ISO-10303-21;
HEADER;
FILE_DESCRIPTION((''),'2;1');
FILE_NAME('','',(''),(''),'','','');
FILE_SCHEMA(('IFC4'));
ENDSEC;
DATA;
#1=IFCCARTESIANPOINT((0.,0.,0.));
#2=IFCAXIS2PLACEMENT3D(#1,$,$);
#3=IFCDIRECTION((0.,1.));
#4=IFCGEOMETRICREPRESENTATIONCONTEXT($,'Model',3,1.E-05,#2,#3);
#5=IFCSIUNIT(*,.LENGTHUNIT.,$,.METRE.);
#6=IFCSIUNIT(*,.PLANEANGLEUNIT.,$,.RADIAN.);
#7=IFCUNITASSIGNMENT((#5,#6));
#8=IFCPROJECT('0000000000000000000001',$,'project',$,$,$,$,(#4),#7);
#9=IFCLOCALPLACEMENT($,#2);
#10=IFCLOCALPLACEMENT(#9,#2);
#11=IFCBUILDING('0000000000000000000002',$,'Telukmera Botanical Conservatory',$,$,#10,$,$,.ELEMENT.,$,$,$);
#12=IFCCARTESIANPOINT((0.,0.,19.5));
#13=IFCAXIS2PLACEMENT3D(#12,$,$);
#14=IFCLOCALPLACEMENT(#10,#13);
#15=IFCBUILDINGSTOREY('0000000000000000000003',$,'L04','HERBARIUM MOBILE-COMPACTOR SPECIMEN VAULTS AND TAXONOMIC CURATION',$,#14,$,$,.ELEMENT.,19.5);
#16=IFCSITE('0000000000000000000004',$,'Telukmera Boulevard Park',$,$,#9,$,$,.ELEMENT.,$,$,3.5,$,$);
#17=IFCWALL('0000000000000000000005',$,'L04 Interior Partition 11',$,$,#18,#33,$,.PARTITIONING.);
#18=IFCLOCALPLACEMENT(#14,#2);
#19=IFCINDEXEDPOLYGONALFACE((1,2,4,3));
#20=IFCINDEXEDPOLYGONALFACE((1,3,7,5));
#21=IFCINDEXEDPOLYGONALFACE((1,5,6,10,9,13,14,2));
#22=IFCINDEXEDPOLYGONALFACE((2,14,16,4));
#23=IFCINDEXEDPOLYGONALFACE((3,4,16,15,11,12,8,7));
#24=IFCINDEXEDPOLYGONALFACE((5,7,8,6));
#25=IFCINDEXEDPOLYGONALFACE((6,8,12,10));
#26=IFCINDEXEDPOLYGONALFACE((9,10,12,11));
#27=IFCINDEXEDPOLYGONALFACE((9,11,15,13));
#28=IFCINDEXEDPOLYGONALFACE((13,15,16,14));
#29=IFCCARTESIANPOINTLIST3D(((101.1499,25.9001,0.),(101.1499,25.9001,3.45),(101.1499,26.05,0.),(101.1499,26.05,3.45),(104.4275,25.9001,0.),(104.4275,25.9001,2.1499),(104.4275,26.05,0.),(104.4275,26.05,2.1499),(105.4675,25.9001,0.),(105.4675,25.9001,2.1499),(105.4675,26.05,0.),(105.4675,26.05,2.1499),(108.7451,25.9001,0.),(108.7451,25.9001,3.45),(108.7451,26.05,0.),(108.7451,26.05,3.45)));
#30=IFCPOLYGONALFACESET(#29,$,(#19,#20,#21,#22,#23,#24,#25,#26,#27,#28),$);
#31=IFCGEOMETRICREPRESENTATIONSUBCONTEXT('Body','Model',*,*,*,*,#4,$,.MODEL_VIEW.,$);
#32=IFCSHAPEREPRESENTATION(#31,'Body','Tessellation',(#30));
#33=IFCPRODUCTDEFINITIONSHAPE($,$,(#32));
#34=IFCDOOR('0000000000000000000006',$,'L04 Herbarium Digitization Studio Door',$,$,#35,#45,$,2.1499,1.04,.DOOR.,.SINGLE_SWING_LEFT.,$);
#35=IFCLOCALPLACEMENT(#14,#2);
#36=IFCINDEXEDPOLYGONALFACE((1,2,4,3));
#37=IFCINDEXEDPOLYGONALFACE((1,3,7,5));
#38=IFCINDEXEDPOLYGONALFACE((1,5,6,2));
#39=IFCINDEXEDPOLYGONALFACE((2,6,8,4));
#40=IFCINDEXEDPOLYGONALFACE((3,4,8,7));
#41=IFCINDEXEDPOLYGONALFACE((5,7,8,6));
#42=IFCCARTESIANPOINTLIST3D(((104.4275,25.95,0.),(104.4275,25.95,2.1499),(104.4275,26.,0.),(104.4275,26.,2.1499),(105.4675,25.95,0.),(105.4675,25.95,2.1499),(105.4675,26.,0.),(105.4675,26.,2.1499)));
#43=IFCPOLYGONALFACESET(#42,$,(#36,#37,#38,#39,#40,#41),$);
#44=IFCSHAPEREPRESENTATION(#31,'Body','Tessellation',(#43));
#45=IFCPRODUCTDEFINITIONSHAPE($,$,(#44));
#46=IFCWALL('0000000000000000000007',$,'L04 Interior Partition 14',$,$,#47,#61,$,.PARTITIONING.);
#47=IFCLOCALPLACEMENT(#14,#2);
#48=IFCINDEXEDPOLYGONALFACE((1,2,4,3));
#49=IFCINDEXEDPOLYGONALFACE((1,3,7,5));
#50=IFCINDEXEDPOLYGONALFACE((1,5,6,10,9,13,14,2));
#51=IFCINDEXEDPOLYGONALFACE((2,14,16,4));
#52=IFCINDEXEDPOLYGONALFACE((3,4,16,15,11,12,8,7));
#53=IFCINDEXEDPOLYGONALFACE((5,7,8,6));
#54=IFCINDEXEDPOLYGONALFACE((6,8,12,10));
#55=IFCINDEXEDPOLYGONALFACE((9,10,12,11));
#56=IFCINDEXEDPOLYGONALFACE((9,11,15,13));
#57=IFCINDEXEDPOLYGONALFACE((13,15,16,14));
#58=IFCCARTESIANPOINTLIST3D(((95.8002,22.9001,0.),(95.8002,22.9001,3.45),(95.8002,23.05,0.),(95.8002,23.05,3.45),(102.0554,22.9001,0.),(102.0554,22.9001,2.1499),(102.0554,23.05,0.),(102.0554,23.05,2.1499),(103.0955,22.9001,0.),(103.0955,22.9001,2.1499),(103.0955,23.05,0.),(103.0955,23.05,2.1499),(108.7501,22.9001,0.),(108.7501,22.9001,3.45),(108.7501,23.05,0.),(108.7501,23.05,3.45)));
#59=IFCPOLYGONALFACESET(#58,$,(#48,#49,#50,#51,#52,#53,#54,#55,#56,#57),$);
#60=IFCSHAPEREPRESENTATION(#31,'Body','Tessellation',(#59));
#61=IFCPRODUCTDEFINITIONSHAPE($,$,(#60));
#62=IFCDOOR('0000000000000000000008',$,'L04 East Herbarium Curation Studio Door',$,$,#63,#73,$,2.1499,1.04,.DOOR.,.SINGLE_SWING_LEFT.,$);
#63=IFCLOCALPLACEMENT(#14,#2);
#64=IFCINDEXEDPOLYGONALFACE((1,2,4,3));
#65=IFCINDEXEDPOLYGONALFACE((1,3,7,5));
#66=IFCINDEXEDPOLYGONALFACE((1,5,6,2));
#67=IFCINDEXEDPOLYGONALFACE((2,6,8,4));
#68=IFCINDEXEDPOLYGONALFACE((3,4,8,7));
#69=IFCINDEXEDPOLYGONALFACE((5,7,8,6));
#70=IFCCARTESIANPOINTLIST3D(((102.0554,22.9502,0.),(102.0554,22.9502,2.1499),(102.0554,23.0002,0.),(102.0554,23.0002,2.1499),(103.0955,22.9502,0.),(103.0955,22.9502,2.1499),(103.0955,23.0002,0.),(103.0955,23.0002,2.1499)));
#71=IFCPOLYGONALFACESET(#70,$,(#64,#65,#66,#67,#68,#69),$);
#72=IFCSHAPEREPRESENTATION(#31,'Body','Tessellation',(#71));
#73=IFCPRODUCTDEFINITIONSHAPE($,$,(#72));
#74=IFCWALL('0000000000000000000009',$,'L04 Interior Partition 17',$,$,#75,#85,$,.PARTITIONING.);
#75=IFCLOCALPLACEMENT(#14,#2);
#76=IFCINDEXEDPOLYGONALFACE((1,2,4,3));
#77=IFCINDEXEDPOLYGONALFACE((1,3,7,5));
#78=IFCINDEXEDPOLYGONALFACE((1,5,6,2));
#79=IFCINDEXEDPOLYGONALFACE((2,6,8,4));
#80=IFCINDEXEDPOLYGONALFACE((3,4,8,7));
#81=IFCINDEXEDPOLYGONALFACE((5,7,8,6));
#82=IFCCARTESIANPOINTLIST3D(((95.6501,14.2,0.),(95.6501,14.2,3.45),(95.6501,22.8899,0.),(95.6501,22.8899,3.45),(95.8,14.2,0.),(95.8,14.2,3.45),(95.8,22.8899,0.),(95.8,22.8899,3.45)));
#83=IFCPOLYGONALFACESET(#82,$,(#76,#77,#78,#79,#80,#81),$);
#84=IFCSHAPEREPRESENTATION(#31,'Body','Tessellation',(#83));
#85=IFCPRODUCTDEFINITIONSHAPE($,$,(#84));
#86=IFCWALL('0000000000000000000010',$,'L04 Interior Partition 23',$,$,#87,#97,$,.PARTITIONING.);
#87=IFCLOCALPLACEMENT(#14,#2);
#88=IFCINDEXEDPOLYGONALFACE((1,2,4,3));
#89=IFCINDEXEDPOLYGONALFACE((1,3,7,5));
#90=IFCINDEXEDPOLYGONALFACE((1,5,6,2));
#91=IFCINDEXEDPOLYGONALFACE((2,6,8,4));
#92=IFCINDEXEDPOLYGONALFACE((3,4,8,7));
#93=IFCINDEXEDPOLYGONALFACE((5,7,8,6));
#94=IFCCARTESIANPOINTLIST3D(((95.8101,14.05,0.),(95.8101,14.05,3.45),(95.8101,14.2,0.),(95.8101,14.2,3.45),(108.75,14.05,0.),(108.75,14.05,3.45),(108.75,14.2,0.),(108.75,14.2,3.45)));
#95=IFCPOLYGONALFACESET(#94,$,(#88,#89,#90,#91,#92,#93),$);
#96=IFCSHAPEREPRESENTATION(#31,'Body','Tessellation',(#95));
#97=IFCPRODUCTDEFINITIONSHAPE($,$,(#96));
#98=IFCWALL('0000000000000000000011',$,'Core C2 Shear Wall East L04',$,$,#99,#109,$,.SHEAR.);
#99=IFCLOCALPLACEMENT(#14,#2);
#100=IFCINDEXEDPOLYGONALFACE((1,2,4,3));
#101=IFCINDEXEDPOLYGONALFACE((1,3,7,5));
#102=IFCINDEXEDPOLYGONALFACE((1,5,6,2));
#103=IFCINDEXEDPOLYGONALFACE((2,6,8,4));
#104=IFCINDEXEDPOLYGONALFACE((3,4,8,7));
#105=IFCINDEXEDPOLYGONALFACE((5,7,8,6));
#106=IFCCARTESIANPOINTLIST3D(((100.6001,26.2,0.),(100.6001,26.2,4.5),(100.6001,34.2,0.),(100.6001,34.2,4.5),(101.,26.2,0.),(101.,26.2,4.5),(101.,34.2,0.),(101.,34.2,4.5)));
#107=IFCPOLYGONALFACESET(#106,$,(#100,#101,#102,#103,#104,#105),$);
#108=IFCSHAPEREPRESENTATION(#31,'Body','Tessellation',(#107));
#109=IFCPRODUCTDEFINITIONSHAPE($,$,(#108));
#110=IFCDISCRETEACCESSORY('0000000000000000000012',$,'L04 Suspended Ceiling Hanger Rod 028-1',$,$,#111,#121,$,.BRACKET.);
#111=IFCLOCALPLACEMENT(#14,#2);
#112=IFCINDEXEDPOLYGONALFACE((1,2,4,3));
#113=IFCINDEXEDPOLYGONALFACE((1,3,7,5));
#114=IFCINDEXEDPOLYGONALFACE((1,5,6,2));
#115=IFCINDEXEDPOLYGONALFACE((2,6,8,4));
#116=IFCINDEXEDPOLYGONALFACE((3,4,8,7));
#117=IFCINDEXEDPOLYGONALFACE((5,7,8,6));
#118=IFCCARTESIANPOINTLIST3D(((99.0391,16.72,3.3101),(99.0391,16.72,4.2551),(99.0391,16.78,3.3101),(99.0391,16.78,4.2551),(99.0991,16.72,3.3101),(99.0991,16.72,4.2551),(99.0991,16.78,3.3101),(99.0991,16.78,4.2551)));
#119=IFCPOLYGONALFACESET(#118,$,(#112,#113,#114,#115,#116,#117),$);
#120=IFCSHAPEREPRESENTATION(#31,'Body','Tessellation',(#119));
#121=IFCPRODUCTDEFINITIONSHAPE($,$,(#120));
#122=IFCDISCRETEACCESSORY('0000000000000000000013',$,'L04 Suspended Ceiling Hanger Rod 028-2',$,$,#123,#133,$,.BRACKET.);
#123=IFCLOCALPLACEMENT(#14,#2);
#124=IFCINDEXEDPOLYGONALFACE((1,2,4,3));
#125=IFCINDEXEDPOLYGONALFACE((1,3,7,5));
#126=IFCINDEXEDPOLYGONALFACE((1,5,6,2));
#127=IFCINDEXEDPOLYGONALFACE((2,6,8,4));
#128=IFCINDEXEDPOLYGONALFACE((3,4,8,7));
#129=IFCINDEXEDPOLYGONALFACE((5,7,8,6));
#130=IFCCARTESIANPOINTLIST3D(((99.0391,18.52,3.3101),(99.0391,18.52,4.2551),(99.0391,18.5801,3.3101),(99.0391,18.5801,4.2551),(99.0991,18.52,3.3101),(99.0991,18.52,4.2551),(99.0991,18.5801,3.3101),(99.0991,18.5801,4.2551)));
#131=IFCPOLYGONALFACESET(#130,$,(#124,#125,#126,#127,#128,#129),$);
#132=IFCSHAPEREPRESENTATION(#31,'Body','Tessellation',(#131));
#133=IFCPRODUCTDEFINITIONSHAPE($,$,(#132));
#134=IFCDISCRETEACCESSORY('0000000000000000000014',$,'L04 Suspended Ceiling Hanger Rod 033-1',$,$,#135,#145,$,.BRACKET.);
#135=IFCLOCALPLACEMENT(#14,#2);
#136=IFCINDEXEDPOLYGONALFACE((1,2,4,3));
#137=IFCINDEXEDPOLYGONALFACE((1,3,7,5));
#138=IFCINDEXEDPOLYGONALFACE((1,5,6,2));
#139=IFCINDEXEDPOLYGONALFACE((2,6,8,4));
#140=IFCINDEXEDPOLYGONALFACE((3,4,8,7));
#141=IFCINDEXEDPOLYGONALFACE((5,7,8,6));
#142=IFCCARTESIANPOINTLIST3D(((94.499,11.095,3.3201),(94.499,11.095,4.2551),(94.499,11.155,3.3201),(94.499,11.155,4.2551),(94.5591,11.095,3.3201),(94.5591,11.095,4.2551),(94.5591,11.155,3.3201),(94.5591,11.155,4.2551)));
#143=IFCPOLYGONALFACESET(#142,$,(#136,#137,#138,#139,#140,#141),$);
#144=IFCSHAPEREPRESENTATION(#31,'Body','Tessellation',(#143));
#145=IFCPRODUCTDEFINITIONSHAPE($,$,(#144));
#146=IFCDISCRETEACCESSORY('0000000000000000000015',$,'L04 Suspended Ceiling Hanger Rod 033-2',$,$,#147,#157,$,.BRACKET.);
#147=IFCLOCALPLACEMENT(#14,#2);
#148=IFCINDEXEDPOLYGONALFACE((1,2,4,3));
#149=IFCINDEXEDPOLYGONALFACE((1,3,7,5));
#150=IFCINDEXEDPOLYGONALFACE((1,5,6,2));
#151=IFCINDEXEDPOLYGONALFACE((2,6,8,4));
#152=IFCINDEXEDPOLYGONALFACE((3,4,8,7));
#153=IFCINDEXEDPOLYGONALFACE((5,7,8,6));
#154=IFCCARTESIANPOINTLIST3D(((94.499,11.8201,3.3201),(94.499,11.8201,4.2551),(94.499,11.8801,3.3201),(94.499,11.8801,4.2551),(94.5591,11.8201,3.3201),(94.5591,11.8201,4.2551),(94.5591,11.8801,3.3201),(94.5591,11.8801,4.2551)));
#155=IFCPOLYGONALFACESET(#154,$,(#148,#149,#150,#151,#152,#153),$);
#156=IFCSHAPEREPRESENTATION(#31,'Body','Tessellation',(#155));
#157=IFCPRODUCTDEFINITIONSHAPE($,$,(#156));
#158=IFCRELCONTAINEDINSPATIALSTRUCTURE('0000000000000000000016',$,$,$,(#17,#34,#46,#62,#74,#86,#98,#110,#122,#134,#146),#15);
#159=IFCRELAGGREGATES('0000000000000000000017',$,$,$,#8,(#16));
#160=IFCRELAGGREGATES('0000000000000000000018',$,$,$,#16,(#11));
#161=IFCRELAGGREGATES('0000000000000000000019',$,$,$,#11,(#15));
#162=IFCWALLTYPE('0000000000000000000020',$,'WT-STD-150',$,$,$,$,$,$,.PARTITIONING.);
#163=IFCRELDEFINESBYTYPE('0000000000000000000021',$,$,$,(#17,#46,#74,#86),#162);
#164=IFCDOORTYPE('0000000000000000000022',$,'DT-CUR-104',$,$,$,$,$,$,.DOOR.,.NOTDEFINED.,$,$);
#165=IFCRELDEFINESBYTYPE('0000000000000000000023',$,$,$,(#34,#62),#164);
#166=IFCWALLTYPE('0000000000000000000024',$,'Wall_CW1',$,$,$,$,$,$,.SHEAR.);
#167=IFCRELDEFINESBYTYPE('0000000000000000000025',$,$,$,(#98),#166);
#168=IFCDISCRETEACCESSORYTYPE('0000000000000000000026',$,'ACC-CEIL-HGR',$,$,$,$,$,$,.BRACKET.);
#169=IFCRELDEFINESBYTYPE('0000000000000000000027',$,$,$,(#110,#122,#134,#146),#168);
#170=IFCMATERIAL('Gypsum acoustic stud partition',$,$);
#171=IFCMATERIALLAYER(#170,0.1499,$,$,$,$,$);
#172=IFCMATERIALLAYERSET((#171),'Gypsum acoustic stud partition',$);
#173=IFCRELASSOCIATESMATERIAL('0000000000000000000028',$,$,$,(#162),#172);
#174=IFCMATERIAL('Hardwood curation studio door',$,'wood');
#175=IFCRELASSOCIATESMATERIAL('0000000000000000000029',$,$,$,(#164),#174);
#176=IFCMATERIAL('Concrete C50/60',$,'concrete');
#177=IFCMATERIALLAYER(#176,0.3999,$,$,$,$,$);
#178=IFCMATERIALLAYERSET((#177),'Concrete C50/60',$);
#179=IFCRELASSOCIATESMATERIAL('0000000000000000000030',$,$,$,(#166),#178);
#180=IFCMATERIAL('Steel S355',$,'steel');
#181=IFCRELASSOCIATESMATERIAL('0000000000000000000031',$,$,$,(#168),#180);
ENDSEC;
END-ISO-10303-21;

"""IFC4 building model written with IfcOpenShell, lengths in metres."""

from ifc_helpers import new_model, si_unit, direction, frame, frame_2d, origin, origin_2d, place, context, subcontext, project, spatial, rectangle, extrude, material, layer, layer_set, type_object, element, fill, save


model = new_model("IFC4")

# Units and contexts
model_context = context("Model", 3, precision=1e-05, world=origin(), true_north=direction((0.0, 1.0)))
body_context = subcontext(model_context, "Body", "Model", "MODEL_VIEW")
ifc_project = project(units=[si_unit("LENGTHUNIT", "METRE"), si_unit("PLANEANGLEUNIT", "RADIAN")], contexts=[model_context])

# Site, building, storey
site_placement = place(None, origin())
site = spatial("IfcSite", under=ifc_project, at=site_placement, Name="Telukmera Boulevard Park", CompositionType="ELEMENT", RefElevation=3.5)
building_placement = place(site_placement, origin())
building = spatial("IfcBuilding", under=site, at=building_placement, Name="Telukmera Botanical Conservatory", CompositionType="ELEMENT")
storey_placement = place(building_placement, frame((0.0, 0.0, 19.5)))
storey = spatial("IfcBuildingStorey", under=building, at=storey_placement, Name="L04", Description="HERBARIUM MOBILE-COMPACTOR SPECIMEN VAULTS AND TAXONOMIC CURATION", CompositionType="ELEMENT", Elevation=19.5)

# Shared definitions
ifc_material_1 = material(Name="Concrete C50/60", Category="concrete")

# Walls, openings, doors
ifc_material_2 = material(Name="Gypsum acoustic stud partition")
ifc_layer_1 = layer(ifc_material_2, 0.1499)
ifc_layer_set_1 = layer_set([ifc_layer_1], Name="Gypsum acoustic stud partition")
wall_type_1 = type_object("IfcWallType", Name="WT-STD-150", PredefinedType="PARTITIONING", material=ifc_layer_set_1)
wall_1_placement = place(storey_placement, frame((101.1499, 25.9751, 0.0), z_axis=(0.0, 0.0, 1.0), x_axis=(1.0, 0.0, 0.0)))
wall_1 = element("IfcWall", 1, at=wall_1_placement, inside=storey, type_object=wall_type_1, Name="L04 Interior Partition 11", PredefinedType="PARTITIONING", context=body_context, shape_type="SweptSolid", body=[
    extrude(rectangle(XDim=7.5952, YDim=0.1499, at=frame_2d((3.7976, 0.0))), origin(), (0.0, 0.0, 1.0), 3.45),
])
opening_1_placement = place(wall_1_placement, frame((3.2776, 0.0, 0.0)))
opening_1 = element("IfcOpeningElement", 2, at=opening_1_placement, cuts=wall_1, PredefinedType="OPENING", context=body_context, shape_type="SweptSolid", body=[
    extrude(rectangle(XDim=1.04, YDim=2.1499, at=frame_2d((0.52, 1.075))), frame((0.0, 0.085, 0.0), z_axis=(0.0, -1.0, 0.0), x_axis=(1.0, 0.0, 0.0)), (0.0, 0.0, 1.0), 0.1699),
])
ifc_material_3 = material(Name="Hardwood curation studio door", Category="wood")
door_type_1 = type_object("IfcDoorType", Name="DT-CUR-104", OperationType="NOTDEFINED", PredefinedType="DOOR", material=ifc_material_3)
door_1_placement = place(opening_1_placement, origin())
door_1 = element("IfcDoor", 3, at=door_1_placement, inside=storey, type_object=door_type_1, Name="L04 Herbarium Digitization Studio Door", OperationType="SINGLE_SWING_LEFT", OverallHeight=2.1499, OverallWidth=1.04, PredefinedType="DOOR", context=body_context, shape_type="SweptSolid", body=[
    extrude(rectangle(XDim=1.04, YDim=2.1499, at=frame_2d((0.52, 1.075))), frame((0.0, 0.0249, 0.0), z_axis=(0.0, -1.0, 0.0), x_axis=(1.0, 0.0, 0.0)), (0.0, 0.0, 1.0), 0.05),
])
fill(opening_1, door_1)
wall_2_placement = place(storey_placement, frame((95.8, 22.9751, 0.0), z_axis=(0.0, 0.0, 1.0), x_axis=(1.0, 0.0, 0.0)))
wall_2 = element("IfcWall", 4, at=wall_2_placement, inside=storey, type_object=wall_type_1, Name="L04 Interior Partition 14", PredefinedType="PARTITIONING", context=body_context, shape_type="SweptSolid", body=[
    extrude(rectangle(XDim=12.95, YDim=0.1499, at=frame_2d((6.4751, 0.0))), origin(), (0.0, 0.0, 1.0), 3.45),
])
opening_2_placement = place(wall_2_placement, frame((6.2554, 0.0, 0.0)))
opening_2 = element("IfcOpeningElement", 5, at=opening_2_placement, cuts=wall_2, PredefinedType="OPENING", context=body_context, shape_type="SweptSolid", body=[
    extrude(rectangle(XDim=1.04, YDim=2.1499, at=frame_2d((0.52, 1.075))), frame((0.0, 0.085, 0.0), z_axis=(0.0, -1.0, 0.0), x_axis=(1.0, 0.0, 0.0)), (0.0, 0.0, 1.0), 0.1699),
])
door_2_placement = place(opening_2_placement, frame((1.04, 0.0, 0.0), z_axis=(0.0, 0.0, 1.0), x_axis=(-1.0, 0.0, 0.0)))
door_2 = element("IfcDoor", 6, at=door_2_placement, inside=storey, type_object=door_type_1, Name="L04 East Herbarium Curation Studio Door", OperationType="SINGLE_SWING_LEFT", OverallHeight=2.1499, OverallWidth=1.04, PredefinedType="DOOR", context=body_context, shape_type="SweptSolid", body=[
    extrude(rectangle(XDim=1.04, YDim=2.1499, at=frame_2d((0.52, 1.075))), frame((0.0, 0.0249, 0.0), z_axis=(0.0, -1.0, 0.0), x_axis=(1.0, 0.0, 0.0)), (0.0, 0.0, 1.0), 0.05),
])
fill(opening_2, door_2)

# Walls
wall_3_placement = place(storey_placement, frame((95.7251, 14.2, 0.0), z_axis=(0.0, 0.0, 1.0), x_axis=(0.0, 1.0, 0.0)))
element("IfcWall", 7, at=wall_3_placement, inside=storey, type_object=wall_type_1, Name="L04 Interior Partition 17", PredefinedType="PARTITIONING", context=body_context, shape_type="SweptSolid", body=[
    extrude(rectangle(XDim=8.6899, YDim=0.1499, at=frame_2d((4.345, 0.0))), origin(), (0.0, 0.0, 1.0), 3.45),
])
wall_4_placement = place(storey_placement, frame((95.8101, 14.125, 0.0), z_axis=(0.0, 0.0, 1.0), x_axis=(1.0, 0.0, 0.0)))
element("IfcWall", 8, at=wall_4_placement, inside=storey, type_object=wall_type_1, Name="L04 Interior Partition 23", PredefinedType="PARTITIONING", context=body_context, shape_type="SweptSolid", body=[
    extrude(rectangle(XDim=12.9399, YDim=0.1499, at=frame_2d((6.47, 0.0))), origin(), (0.0, 0.0, 1.0), 3.45),
])
ifc_layer_2 = layer(ifc_material_1, 0.3999)
ifc_layer_set_2 = layer_set([ifc_layer_2], Name="Concrete C50/60")
wall_type_2 = type_object("IfcWallType", Name="Wall_CW1", PredefinedType="SHEAR", material=ifc_layer_set_2)
wall_5_placement = place(storey_placement, frame((100.8, 26.2, 0.0), z_axis=(0.0, 0.0, 1.0), x_axis=(0.0, 1.0, 0.0)))
element("IfcWall", 9, at=wall_5_placement, inside=storey, type_object=wall_type_2, Name="Core C2 Shear Wall East L04", PredefinedType="SHEAR", context=body_context, shape_type="SweptSolid", body=[
    extrude(rectangle(XDim=8.0, YDim=0.3999, at=frame_2d((4.0, 0.0))), origin(), (0.0, 0.0, 1.0), 4.5),
])

# Discrete accessories
ifc_material_4 = material(Name="Steel S355", Category="steel")
discrete_accessory_type = type_object("IfcDiscreteAccessoryType", Name="ACC-CEIL-HGR", PredefinedType="BRACKET", material=ifc_material_4)
for number, where, z_axis, x_axis, name in (
    (10, (99.0691, 16.75, 3.3101), (0.0, 0.0, 1.0), (1.0, 0.0, 0.0), "L04 Suspended Ceiling Hanger Rod 028-1"),
    (11, (99.0691, 18.55, 3.3101), (0.0, 0.0, 1.0), (1.0, 0.0, 0.0), "L04 Suspended Ceiling Hanger Rod 028-2"),
):
    element("IfcDiscreteAccessory", number, at=place(storey_placement, frame(where, z_axis=z_axis, x_axis=x_axis)), inside=storey, type_object=discrete_accessory_type, Name=name, PredefinedType="BRACKET", context=body_context, shape_type="SweptSolid", body=[
        extrude(rectangle(XDim=0.0601, YDim=0.0601, at=origin_2d()), origin(), (0.0, 0.0, 1.0), 0.9451),
    ])
for number, where, z_axis, x_axis, name in (
    (12, (94.5291, 11.125, 3.3201), (0.0, 0.0, 1.0), (1.0, 0.0, 0.0), "L04 Suspended Ceiling Hanger Rod 033-1"),
    (13, (94.5291, 11.8501, 3.3201), (0.0, 0.0, 1.0), (1.0, 0.0, 0.0), "L04 Suspended Ceiling Hanger Rod 033-2"),
):
    element("IfcDiscreteAccessory", number, at=place(storey_placement, frame(where, z_axis=z_axis, x_axis=x_axis)), inside=storey, type_object=discrete_accessory_type, Name=name, PredefinedType="BRACKET", context=body_context, shape_type="SweptSolid", body=[
        extrude(rectangle(XDim=0.0601, YDim=0.0601, at=origin_2d()), origin(), (0.0, 0.0, 1.0), 0.9351),
    ])

save(model, "model.ifc")
